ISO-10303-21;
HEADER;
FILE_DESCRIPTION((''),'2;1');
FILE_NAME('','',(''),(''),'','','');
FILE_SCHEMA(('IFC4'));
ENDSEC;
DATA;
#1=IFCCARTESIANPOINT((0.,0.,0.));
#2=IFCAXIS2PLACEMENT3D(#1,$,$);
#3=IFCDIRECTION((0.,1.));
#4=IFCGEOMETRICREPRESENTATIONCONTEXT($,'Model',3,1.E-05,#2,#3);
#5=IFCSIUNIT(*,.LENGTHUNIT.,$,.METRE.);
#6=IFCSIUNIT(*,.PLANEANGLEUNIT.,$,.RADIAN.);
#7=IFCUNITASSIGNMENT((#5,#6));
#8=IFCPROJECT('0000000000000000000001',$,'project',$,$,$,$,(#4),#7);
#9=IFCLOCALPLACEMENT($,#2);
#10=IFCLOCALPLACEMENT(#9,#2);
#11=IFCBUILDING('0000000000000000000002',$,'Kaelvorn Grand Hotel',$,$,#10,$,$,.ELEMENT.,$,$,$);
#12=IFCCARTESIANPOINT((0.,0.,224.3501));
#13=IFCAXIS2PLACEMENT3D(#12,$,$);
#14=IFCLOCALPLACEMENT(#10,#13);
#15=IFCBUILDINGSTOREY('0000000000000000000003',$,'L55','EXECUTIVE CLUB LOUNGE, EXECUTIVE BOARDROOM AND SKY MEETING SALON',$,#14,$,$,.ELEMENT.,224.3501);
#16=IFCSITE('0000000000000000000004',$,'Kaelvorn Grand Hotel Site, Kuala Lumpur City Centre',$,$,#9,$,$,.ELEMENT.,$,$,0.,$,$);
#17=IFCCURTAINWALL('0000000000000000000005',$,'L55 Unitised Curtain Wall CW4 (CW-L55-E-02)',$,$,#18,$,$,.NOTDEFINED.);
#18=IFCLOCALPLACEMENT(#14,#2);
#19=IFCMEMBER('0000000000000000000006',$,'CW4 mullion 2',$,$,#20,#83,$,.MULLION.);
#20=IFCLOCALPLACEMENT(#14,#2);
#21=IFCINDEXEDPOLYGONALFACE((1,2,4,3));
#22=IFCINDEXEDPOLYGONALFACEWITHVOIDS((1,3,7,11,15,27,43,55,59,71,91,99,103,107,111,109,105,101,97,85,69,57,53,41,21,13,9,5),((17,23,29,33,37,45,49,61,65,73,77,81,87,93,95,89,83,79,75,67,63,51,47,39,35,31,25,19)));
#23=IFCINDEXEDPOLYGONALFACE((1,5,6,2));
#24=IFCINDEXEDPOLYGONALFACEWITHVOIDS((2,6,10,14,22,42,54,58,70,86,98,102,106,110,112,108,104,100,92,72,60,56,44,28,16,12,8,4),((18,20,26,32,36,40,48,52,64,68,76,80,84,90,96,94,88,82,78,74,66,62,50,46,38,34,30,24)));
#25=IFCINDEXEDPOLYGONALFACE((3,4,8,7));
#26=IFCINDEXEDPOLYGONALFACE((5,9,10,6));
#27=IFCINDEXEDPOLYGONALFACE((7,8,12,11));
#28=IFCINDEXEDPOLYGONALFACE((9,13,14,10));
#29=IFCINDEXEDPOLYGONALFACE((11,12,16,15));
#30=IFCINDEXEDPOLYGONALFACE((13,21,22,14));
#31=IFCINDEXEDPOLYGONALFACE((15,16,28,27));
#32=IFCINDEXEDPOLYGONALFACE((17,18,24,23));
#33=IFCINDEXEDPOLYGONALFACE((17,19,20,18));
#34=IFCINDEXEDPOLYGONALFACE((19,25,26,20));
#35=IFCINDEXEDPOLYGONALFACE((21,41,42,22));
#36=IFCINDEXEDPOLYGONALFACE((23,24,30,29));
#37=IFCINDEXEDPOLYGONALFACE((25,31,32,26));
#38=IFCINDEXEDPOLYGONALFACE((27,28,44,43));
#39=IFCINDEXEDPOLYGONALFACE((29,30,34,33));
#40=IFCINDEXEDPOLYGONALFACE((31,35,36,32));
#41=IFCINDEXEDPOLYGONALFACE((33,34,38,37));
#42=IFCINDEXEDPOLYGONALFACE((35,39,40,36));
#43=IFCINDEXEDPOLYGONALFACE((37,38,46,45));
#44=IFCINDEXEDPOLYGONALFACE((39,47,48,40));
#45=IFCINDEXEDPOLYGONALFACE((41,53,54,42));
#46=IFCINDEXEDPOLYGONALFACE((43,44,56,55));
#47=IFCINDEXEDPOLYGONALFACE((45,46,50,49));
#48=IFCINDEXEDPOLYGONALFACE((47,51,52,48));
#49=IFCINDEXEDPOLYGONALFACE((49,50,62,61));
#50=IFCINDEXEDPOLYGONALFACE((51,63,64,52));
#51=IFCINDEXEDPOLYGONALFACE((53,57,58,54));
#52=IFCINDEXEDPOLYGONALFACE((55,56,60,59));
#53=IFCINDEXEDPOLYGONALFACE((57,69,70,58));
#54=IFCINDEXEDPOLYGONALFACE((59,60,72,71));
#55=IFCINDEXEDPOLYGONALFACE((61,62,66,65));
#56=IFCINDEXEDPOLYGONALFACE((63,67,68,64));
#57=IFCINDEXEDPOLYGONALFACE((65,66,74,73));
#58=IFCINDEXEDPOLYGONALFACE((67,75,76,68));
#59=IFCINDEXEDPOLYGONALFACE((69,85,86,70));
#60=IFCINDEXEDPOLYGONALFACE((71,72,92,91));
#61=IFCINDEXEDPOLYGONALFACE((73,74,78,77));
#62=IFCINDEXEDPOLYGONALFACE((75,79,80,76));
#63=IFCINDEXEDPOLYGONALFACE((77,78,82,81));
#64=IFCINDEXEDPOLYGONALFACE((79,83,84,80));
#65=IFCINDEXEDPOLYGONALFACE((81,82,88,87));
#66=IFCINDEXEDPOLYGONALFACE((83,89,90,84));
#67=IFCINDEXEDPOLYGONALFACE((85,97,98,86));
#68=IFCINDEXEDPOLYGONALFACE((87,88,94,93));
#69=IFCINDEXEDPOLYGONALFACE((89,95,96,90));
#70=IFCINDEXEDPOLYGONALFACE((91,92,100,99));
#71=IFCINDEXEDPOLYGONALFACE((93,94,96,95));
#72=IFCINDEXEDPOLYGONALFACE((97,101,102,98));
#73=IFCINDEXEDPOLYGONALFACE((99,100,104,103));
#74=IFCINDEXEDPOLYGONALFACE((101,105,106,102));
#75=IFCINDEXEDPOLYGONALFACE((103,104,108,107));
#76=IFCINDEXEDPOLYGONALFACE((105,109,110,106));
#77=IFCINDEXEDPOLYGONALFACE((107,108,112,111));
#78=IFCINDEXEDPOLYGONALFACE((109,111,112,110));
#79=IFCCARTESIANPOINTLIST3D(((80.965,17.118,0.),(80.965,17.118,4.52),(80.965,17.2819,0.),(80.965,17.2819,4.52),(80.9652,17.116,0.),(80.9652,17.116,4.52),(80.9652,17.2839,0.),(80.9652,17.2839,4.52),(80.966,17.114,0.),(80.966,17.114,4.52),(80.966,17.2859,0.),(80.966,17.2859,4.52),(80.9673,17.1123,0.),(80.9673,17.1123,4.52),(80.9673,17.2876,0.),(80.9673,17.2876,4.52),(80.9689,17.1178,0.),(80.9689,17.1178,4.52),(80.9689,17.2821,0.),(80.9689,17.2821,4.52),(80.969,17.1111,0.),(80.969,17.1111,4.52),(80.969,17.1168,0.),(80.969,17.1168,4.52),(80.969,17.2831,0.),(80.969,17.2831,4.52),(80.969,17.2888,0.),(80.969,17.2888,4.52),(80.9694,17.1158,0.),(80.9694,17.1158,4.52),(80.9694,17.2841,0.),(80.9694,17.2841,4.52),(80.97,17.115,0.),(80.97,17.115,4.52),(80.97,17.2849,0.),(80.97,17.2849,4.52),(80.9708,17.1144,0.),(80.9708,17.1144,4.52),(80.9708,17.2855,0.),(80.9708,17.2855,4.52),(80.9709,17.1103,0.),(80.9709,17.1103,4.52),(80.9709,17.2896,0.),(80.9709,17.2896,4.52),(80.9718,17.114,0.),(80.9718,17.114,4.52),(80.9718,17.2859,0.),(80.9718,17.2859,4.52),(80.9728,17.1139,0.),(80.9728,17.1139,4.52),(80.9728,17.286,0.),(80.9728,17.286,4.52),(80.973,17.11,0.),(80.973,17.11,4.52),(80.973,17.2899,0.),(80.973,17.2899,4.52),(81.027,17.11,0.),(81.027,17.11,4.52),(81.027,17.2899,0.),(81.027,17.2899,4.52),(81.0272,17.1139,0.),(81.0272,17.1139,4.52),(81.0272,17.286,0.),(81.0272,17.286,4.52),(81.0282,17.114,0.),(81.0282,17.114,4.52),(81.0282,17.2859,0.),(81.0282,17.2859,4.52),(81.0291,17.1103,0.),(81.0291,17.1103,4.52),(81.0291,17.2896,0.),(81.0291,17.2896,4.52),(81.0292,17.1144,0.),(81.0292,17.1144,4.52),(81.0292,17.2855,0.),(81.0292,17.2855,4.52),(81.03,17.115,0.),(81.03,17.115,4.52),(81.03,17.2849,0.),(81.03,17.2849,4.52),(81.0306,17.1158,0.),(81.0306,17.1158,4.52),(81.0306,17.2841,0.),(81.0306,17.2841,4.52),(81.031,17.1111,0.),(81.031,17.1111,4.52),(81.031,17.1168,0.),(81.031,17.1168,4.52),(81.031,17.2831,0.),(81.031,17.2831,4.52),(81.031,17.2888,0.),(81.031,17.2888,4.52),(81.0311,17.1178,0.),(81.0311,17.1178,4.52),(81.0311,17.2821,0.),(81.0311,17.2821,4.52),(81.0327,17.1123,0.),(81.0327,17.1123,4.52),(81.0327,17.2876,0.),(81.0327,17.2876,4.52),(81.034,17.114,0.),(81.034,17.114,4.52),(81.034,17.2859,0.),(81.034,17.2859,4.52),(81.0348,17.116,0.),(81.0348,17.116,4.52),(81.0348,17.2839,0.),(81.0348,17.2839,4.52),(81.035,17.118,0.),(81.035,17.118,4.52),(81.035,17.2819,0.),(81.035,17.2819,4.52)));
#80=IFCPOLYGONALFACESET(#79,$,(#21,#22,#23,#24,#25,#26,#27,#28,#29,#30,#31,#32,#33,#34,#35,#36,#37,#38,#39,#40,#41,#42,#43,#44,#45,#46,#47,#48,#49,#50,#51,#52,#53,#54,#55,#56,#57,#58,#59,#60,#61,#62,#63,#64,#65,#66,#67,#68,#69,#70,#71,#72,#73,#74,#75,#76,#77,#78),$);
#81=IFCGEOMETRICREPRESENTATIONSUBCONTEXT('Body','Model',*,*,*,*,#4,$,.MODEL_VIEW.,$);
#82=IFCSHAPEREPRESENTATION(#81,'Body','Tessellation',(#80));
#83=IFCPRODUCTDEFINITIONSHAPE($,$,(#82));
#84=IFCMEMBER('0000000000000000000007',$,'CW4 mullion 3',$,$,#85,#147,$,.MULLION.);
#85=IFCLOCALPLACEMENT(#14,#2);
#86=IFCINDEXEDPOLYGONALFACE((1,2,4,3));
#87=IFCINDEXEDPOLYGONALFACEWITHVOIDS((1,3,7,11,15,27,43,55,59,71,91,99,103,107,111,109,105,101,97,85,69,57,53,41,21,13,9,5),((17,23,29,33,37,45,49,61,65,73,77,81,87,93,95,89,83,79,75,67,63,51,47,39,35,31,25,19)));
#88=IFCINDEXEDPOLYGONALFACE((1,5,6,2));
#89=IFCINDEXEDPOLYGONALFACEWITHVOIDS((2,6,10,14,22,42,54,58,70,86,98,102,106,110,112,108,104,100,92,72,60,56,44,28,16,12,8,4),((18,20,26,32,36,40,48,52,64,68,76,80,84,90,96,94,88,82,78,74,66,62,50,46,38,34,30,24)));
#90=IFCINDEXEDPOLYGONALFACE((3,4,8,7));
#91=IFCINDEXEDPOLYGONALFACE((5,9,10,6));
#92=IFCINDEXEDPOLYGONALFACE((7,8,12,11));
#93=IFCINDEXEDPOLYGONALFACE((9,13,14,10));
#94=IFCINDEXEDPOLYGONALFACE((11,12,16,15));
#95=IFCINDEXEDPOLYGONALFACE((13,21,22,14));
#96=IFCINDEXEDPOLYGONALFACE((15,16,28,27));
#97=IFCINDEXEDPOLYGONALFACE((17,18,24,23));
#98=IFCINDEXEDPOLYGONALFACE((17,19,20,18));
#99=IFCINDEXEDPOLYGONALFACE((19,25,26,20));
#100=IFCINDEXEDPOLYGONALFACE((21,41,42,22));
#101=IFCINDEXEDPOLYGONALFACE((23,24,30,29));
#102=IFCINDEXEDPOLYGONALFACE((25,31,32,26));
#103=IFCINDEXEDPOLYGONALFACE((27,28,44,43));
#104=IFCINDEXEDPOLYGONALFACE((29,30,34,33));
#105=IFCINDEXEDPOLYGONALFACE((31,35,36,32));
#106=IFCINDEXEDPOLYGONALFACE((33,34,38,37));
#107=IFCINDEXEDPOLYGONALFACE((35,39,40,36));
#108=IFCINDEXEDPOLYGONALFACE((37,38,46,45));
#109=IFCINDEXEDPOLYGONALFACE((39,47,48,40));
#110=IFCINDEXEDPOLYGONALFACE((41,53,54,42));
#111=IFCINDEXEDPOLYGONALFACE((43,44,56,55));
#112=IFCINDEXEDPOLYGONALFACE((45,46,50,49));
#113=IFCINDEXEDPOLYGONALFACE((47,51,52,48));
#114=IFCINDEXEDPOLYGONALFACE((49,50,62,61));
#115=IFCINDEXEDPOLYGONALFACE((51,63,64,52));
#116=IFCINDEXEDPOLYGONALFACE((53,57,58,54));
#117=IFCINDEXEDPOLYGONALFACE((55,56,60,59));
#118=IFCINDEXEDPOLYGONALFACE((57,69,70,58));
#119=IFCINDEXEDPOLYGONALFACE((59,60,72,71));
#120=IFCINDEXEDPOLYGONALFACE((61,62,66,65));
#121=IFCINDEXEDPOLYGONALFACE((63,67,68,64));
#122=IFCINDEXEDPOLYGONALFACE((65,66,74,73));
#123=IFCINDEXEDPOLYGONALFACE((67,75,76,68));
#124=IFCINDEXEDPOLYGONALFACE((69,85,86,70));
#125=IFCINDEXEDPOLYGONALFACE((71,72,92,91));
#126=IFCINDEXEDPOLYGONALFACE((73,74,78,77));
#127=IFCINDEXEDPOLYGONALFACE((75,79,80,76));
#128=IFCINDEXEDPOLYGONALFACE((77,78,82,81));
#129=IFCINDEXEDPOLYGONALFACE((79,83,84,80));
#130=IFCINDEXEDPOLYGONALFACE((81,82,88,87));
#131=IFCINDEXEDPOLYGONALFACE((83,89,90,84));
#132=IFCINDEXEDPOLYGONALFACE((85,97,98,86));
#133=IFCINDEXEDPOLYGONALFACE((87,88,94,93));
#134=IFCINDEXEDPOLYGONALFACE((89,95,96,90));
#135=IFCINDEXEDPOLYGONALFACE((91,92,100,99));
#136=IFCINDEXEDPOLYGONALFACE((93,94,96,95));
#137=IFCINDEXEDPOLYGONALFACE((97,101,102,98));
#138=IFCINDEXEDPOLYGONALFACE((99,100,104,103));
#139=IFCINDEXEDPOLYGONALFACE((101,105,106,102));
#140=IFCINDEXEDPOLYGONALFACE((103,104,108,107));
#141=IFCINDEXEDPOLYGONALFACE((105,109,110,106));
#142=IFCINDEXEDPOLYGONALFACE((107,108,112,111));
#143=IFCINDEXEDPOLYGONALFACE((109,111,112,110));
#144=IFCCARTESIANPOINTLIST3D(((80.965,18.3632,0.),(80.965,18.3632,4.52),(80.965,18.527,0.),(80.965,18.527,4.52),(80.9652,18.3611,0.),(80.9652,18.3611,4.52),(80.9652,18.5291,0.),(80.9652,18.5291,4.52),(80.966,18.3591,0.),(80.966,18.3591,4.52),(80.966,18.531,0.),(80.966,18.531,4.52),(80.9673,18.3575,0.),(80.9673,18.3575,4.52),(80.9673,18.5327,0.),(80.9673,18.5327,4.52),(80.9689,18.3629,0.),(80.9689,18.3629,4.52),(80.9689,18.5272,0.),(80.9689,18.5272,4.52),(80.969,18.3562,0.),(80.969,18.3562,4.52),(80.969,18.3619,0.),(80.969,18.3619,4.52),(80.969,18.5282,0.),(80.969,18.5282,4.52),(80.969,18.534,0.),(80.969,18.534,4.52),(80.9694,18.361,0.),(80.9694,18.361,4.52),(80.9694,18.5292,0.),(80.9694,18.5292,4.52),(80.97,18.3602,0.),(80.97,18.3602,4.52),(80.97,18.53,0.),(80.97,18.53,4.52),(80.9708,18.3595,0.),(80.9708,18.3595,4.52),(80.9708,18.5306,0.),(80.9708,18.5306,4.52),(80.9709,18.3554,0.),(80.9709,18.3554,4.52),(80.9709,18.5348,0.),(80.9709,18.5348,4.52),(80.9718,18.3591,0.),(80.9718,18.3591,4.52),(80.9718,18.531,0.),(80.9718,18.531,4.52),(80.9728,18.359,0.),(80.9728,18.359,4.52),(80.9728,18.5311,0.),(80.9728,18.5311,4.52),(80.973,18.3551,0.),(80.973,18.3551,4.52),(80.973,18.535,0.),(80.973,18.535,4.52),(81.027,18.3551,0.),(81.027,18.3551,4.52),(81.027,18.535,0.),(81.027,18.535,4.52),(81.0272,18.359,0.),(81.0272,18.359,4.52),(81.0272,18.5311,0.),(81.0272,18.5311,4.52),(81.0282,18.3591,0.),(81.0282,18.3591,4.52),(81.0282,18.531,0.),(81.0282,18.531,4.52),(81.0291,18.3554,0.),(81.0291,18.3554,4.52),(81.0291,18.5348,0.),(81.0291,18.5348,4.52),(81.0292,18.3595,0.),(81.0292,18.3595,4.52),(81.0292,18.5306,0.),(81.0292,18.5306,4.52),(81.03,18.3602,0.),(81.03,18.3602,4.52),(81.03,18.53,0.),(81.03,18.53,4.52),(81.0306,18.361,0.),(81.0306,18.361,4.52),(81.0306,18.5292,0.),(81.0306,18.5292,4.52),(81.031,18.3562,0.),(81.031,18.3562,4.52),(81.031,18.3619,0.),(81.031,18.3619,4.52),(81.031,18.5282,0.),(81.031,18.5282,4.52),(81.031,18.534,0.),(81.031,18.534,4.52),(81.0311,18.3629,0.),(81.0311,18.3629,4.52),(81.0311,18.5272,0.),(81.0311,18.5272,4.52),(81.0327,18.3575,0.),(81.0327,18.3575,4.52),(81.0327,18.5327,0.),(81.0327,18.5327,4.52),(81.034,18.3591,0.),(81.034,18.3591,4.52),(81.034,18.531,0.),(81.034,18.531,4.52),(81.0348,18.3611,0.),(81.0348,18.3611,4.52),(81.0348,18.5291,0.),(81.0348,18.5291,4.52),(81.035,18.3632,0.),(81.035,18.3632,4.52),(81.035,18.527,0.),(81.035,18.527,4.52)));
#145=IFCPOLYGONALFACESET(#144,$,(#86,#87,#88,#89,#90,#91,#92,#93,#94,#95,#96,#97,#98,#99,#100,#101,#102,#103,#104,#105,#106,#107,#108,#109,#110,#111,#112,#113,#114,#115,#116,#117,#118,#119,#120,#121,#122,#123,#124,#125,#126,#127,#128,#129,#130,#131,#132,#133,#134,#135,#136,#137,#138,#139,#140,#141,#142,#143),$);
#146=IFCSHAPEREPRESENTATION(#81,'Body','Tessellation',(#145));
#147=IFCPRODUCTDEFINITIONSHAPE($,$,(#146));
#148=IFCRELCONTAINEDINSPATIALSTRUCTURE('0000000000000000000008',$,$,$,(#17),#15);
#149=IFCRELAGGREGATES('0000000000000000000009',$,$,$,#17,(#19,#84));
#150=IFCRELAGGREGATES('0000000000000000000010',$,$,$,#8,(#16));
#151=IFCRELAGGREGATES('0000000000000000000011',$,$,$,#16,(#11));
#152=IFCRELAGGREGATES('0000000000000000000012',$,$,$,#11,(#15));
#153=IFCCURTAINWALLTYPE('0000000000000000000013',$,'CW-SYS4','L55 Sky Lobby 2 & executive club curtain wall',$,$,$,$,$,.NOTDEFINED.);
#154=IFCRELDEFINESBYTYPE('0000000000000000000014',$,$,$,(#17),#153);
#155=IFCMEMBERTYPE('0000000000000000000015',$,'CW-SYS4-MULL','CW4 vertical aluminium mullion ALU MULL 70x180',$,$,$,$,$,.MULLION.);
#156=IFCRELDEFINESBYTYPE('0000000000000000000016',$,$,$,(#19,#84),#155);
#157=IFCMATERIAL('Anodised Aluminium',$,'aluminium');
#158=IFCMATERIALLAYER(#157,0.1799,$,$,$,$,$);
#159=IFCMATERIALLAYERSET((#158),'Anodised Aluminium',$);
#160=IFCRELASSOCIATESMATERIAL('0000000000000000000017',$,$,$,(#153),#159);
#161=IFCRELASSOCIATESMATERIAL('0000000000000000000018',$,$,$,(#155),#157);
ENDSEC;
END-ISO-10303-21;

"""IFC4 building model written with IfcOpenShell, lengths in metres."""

from ifc_helpers import new_model, si_unit, direction, frame, origin, origin_2d, place, context, subcontext, project, spatial, hollow_rectangle, extrude, material, layer, layer_set, material_profile, profile_set, type_object, element, aggregate, save


model = new_model("IFC4")

# Units and contexts
model_context = context("Model", 3, precision=1e-05, world=origin(), true_north=direction((0.0, 1.0)))
body_context = subcontext(model_context, "Body", "Model", "MODEL_VIEW")
ifc_project = project(units=[si_unit("LENGTHUNIT", "METRE"), si_unit("PLANEANGLEUNIT", "RADIAN")], contexts=[model_context])

# Site, building, storey
site_placement = place(None, origin())
site = spatial("IfcSite", under=ifc_project, at=site_placement, Name="Kaelvorn Grand Hotel Site, Kuala Lumpur City Centre", CompositionType="ELEMENT", RefElevation=0.0)
building_placement = place(site_placement, origin())
building = spatial("IfcBuilding", under=site, at=building_placement, Name="Kaelvorn Grand Hotel", CompositionType="ELEMENT")
storey_placement = place(building_placement, frame((0.0, 0.0, 224.3501)))
storey = spatial("IfcBuildingStorey", under=building, at=storey_placement, Name="L55", Description="EXECUTIVE CLUB LOUNGE, EXECUTIVE BOARDROOM AND SKY MEETING SALON", CompositionType="ELEMENT", Elevation=224.3501)

# Shared definitions
ifc_material_1 = material(Name="Anodised Aluminium", Category="aluminium")
ifc_layer_1 = layer(ifc_material_1, 0.1799)
ifc_layer_set_1 = layer_set([ifc_layer_1], Name="Anodised Aluminium")
curtain_wall_type = type_object("IfcCurtainWallType", Name="CW-SYS4", Description="L55 Sky Lobby 2 & executive club curtain wall", PredefinedType="NOTDEFINED", material=ifc_layer_set_1)
ifc_material_profile_1 = material_profile(ifc_material_1, hollow_rectangle(XDim=0.0701, YDim=0.1799, WallThickness=0.0039, InnerFilletRadius=0.0039, OuterFilletRadius=0.0081, at=origin_2d()), Name="ALU MULL 70x180")
ifc_profile_set_1 = profile_set([ifc_material_profile_1], Name="Anodised Aluminium")
member_type_1 = type_object("IfcMemberType", Name="CW-SYS4-MULL", Description="CW4 vertical aluminium mullion ALU MULL 70x180", PredefinedType="MULLION", material=ifc_profile_set_1)

# Curtain wall, members
curtain_wall_1_placement = place(storey_placement, origin())
curtain_wall_1 = element("IfcCurtainWall", 1, at=curtain_wall_1_placement, inside=storey, type_object=curtain_wall_type, Name="L55 Unitised Curtain Wall CW4 (CW-L55-E-02)", PredefinedType="NOTDEFINED")
member_1_placement = place(storey_placement, frame((81.0, 17.2, 0.0), z_axis=(0.0, 0.0, 1.0), x_axis=(-1.0, 0.0, 0.0)))
member_1 = element("IfcMember", 2, at=member_1_placement, type_object=member_type_1, Name="CW4 mullion 2", PredefinedType="MULLION", context=body_context, shape_type="SweptSolid", body=[
    extrude(hollow_rectangle(XDim=0.0701, YDim=0.1799, WallThickness=0.0039, InnerFilletRadius=0.0039, OuterFilletRadius=0.0081, at=origin_2d()), origin(), (0.0, 0.0, 1.0), 4.52),
])
member_2_placement = place(storey_placement, frame((81.0, 18.4451, 0.0), z_axis=(0.0, 0.0, 1.0), x_axis=(-1.0, 0.0, 0.0)))
member_2 = element("IfcMember", 3, at=member_2_placement, type_object=member_type_1, Name="CW4 mullion 3", PredefinedType="MULLION", context=body_context, shape_type="SweptSolid", body=[
    extrude(hollow_rectangle(XDim=0.0701, YDim=0.1799, WallThickness=0.0039, InnerFilletRadius=0.0039, OuterFilletRadius=0.0081, at=origin_2d()), origin(), (0.0, 0.0, 1.0), 4.52),
])

aggregate(curtain_wall_1, [member_1, member_2])

save(model, "model.ifc")
